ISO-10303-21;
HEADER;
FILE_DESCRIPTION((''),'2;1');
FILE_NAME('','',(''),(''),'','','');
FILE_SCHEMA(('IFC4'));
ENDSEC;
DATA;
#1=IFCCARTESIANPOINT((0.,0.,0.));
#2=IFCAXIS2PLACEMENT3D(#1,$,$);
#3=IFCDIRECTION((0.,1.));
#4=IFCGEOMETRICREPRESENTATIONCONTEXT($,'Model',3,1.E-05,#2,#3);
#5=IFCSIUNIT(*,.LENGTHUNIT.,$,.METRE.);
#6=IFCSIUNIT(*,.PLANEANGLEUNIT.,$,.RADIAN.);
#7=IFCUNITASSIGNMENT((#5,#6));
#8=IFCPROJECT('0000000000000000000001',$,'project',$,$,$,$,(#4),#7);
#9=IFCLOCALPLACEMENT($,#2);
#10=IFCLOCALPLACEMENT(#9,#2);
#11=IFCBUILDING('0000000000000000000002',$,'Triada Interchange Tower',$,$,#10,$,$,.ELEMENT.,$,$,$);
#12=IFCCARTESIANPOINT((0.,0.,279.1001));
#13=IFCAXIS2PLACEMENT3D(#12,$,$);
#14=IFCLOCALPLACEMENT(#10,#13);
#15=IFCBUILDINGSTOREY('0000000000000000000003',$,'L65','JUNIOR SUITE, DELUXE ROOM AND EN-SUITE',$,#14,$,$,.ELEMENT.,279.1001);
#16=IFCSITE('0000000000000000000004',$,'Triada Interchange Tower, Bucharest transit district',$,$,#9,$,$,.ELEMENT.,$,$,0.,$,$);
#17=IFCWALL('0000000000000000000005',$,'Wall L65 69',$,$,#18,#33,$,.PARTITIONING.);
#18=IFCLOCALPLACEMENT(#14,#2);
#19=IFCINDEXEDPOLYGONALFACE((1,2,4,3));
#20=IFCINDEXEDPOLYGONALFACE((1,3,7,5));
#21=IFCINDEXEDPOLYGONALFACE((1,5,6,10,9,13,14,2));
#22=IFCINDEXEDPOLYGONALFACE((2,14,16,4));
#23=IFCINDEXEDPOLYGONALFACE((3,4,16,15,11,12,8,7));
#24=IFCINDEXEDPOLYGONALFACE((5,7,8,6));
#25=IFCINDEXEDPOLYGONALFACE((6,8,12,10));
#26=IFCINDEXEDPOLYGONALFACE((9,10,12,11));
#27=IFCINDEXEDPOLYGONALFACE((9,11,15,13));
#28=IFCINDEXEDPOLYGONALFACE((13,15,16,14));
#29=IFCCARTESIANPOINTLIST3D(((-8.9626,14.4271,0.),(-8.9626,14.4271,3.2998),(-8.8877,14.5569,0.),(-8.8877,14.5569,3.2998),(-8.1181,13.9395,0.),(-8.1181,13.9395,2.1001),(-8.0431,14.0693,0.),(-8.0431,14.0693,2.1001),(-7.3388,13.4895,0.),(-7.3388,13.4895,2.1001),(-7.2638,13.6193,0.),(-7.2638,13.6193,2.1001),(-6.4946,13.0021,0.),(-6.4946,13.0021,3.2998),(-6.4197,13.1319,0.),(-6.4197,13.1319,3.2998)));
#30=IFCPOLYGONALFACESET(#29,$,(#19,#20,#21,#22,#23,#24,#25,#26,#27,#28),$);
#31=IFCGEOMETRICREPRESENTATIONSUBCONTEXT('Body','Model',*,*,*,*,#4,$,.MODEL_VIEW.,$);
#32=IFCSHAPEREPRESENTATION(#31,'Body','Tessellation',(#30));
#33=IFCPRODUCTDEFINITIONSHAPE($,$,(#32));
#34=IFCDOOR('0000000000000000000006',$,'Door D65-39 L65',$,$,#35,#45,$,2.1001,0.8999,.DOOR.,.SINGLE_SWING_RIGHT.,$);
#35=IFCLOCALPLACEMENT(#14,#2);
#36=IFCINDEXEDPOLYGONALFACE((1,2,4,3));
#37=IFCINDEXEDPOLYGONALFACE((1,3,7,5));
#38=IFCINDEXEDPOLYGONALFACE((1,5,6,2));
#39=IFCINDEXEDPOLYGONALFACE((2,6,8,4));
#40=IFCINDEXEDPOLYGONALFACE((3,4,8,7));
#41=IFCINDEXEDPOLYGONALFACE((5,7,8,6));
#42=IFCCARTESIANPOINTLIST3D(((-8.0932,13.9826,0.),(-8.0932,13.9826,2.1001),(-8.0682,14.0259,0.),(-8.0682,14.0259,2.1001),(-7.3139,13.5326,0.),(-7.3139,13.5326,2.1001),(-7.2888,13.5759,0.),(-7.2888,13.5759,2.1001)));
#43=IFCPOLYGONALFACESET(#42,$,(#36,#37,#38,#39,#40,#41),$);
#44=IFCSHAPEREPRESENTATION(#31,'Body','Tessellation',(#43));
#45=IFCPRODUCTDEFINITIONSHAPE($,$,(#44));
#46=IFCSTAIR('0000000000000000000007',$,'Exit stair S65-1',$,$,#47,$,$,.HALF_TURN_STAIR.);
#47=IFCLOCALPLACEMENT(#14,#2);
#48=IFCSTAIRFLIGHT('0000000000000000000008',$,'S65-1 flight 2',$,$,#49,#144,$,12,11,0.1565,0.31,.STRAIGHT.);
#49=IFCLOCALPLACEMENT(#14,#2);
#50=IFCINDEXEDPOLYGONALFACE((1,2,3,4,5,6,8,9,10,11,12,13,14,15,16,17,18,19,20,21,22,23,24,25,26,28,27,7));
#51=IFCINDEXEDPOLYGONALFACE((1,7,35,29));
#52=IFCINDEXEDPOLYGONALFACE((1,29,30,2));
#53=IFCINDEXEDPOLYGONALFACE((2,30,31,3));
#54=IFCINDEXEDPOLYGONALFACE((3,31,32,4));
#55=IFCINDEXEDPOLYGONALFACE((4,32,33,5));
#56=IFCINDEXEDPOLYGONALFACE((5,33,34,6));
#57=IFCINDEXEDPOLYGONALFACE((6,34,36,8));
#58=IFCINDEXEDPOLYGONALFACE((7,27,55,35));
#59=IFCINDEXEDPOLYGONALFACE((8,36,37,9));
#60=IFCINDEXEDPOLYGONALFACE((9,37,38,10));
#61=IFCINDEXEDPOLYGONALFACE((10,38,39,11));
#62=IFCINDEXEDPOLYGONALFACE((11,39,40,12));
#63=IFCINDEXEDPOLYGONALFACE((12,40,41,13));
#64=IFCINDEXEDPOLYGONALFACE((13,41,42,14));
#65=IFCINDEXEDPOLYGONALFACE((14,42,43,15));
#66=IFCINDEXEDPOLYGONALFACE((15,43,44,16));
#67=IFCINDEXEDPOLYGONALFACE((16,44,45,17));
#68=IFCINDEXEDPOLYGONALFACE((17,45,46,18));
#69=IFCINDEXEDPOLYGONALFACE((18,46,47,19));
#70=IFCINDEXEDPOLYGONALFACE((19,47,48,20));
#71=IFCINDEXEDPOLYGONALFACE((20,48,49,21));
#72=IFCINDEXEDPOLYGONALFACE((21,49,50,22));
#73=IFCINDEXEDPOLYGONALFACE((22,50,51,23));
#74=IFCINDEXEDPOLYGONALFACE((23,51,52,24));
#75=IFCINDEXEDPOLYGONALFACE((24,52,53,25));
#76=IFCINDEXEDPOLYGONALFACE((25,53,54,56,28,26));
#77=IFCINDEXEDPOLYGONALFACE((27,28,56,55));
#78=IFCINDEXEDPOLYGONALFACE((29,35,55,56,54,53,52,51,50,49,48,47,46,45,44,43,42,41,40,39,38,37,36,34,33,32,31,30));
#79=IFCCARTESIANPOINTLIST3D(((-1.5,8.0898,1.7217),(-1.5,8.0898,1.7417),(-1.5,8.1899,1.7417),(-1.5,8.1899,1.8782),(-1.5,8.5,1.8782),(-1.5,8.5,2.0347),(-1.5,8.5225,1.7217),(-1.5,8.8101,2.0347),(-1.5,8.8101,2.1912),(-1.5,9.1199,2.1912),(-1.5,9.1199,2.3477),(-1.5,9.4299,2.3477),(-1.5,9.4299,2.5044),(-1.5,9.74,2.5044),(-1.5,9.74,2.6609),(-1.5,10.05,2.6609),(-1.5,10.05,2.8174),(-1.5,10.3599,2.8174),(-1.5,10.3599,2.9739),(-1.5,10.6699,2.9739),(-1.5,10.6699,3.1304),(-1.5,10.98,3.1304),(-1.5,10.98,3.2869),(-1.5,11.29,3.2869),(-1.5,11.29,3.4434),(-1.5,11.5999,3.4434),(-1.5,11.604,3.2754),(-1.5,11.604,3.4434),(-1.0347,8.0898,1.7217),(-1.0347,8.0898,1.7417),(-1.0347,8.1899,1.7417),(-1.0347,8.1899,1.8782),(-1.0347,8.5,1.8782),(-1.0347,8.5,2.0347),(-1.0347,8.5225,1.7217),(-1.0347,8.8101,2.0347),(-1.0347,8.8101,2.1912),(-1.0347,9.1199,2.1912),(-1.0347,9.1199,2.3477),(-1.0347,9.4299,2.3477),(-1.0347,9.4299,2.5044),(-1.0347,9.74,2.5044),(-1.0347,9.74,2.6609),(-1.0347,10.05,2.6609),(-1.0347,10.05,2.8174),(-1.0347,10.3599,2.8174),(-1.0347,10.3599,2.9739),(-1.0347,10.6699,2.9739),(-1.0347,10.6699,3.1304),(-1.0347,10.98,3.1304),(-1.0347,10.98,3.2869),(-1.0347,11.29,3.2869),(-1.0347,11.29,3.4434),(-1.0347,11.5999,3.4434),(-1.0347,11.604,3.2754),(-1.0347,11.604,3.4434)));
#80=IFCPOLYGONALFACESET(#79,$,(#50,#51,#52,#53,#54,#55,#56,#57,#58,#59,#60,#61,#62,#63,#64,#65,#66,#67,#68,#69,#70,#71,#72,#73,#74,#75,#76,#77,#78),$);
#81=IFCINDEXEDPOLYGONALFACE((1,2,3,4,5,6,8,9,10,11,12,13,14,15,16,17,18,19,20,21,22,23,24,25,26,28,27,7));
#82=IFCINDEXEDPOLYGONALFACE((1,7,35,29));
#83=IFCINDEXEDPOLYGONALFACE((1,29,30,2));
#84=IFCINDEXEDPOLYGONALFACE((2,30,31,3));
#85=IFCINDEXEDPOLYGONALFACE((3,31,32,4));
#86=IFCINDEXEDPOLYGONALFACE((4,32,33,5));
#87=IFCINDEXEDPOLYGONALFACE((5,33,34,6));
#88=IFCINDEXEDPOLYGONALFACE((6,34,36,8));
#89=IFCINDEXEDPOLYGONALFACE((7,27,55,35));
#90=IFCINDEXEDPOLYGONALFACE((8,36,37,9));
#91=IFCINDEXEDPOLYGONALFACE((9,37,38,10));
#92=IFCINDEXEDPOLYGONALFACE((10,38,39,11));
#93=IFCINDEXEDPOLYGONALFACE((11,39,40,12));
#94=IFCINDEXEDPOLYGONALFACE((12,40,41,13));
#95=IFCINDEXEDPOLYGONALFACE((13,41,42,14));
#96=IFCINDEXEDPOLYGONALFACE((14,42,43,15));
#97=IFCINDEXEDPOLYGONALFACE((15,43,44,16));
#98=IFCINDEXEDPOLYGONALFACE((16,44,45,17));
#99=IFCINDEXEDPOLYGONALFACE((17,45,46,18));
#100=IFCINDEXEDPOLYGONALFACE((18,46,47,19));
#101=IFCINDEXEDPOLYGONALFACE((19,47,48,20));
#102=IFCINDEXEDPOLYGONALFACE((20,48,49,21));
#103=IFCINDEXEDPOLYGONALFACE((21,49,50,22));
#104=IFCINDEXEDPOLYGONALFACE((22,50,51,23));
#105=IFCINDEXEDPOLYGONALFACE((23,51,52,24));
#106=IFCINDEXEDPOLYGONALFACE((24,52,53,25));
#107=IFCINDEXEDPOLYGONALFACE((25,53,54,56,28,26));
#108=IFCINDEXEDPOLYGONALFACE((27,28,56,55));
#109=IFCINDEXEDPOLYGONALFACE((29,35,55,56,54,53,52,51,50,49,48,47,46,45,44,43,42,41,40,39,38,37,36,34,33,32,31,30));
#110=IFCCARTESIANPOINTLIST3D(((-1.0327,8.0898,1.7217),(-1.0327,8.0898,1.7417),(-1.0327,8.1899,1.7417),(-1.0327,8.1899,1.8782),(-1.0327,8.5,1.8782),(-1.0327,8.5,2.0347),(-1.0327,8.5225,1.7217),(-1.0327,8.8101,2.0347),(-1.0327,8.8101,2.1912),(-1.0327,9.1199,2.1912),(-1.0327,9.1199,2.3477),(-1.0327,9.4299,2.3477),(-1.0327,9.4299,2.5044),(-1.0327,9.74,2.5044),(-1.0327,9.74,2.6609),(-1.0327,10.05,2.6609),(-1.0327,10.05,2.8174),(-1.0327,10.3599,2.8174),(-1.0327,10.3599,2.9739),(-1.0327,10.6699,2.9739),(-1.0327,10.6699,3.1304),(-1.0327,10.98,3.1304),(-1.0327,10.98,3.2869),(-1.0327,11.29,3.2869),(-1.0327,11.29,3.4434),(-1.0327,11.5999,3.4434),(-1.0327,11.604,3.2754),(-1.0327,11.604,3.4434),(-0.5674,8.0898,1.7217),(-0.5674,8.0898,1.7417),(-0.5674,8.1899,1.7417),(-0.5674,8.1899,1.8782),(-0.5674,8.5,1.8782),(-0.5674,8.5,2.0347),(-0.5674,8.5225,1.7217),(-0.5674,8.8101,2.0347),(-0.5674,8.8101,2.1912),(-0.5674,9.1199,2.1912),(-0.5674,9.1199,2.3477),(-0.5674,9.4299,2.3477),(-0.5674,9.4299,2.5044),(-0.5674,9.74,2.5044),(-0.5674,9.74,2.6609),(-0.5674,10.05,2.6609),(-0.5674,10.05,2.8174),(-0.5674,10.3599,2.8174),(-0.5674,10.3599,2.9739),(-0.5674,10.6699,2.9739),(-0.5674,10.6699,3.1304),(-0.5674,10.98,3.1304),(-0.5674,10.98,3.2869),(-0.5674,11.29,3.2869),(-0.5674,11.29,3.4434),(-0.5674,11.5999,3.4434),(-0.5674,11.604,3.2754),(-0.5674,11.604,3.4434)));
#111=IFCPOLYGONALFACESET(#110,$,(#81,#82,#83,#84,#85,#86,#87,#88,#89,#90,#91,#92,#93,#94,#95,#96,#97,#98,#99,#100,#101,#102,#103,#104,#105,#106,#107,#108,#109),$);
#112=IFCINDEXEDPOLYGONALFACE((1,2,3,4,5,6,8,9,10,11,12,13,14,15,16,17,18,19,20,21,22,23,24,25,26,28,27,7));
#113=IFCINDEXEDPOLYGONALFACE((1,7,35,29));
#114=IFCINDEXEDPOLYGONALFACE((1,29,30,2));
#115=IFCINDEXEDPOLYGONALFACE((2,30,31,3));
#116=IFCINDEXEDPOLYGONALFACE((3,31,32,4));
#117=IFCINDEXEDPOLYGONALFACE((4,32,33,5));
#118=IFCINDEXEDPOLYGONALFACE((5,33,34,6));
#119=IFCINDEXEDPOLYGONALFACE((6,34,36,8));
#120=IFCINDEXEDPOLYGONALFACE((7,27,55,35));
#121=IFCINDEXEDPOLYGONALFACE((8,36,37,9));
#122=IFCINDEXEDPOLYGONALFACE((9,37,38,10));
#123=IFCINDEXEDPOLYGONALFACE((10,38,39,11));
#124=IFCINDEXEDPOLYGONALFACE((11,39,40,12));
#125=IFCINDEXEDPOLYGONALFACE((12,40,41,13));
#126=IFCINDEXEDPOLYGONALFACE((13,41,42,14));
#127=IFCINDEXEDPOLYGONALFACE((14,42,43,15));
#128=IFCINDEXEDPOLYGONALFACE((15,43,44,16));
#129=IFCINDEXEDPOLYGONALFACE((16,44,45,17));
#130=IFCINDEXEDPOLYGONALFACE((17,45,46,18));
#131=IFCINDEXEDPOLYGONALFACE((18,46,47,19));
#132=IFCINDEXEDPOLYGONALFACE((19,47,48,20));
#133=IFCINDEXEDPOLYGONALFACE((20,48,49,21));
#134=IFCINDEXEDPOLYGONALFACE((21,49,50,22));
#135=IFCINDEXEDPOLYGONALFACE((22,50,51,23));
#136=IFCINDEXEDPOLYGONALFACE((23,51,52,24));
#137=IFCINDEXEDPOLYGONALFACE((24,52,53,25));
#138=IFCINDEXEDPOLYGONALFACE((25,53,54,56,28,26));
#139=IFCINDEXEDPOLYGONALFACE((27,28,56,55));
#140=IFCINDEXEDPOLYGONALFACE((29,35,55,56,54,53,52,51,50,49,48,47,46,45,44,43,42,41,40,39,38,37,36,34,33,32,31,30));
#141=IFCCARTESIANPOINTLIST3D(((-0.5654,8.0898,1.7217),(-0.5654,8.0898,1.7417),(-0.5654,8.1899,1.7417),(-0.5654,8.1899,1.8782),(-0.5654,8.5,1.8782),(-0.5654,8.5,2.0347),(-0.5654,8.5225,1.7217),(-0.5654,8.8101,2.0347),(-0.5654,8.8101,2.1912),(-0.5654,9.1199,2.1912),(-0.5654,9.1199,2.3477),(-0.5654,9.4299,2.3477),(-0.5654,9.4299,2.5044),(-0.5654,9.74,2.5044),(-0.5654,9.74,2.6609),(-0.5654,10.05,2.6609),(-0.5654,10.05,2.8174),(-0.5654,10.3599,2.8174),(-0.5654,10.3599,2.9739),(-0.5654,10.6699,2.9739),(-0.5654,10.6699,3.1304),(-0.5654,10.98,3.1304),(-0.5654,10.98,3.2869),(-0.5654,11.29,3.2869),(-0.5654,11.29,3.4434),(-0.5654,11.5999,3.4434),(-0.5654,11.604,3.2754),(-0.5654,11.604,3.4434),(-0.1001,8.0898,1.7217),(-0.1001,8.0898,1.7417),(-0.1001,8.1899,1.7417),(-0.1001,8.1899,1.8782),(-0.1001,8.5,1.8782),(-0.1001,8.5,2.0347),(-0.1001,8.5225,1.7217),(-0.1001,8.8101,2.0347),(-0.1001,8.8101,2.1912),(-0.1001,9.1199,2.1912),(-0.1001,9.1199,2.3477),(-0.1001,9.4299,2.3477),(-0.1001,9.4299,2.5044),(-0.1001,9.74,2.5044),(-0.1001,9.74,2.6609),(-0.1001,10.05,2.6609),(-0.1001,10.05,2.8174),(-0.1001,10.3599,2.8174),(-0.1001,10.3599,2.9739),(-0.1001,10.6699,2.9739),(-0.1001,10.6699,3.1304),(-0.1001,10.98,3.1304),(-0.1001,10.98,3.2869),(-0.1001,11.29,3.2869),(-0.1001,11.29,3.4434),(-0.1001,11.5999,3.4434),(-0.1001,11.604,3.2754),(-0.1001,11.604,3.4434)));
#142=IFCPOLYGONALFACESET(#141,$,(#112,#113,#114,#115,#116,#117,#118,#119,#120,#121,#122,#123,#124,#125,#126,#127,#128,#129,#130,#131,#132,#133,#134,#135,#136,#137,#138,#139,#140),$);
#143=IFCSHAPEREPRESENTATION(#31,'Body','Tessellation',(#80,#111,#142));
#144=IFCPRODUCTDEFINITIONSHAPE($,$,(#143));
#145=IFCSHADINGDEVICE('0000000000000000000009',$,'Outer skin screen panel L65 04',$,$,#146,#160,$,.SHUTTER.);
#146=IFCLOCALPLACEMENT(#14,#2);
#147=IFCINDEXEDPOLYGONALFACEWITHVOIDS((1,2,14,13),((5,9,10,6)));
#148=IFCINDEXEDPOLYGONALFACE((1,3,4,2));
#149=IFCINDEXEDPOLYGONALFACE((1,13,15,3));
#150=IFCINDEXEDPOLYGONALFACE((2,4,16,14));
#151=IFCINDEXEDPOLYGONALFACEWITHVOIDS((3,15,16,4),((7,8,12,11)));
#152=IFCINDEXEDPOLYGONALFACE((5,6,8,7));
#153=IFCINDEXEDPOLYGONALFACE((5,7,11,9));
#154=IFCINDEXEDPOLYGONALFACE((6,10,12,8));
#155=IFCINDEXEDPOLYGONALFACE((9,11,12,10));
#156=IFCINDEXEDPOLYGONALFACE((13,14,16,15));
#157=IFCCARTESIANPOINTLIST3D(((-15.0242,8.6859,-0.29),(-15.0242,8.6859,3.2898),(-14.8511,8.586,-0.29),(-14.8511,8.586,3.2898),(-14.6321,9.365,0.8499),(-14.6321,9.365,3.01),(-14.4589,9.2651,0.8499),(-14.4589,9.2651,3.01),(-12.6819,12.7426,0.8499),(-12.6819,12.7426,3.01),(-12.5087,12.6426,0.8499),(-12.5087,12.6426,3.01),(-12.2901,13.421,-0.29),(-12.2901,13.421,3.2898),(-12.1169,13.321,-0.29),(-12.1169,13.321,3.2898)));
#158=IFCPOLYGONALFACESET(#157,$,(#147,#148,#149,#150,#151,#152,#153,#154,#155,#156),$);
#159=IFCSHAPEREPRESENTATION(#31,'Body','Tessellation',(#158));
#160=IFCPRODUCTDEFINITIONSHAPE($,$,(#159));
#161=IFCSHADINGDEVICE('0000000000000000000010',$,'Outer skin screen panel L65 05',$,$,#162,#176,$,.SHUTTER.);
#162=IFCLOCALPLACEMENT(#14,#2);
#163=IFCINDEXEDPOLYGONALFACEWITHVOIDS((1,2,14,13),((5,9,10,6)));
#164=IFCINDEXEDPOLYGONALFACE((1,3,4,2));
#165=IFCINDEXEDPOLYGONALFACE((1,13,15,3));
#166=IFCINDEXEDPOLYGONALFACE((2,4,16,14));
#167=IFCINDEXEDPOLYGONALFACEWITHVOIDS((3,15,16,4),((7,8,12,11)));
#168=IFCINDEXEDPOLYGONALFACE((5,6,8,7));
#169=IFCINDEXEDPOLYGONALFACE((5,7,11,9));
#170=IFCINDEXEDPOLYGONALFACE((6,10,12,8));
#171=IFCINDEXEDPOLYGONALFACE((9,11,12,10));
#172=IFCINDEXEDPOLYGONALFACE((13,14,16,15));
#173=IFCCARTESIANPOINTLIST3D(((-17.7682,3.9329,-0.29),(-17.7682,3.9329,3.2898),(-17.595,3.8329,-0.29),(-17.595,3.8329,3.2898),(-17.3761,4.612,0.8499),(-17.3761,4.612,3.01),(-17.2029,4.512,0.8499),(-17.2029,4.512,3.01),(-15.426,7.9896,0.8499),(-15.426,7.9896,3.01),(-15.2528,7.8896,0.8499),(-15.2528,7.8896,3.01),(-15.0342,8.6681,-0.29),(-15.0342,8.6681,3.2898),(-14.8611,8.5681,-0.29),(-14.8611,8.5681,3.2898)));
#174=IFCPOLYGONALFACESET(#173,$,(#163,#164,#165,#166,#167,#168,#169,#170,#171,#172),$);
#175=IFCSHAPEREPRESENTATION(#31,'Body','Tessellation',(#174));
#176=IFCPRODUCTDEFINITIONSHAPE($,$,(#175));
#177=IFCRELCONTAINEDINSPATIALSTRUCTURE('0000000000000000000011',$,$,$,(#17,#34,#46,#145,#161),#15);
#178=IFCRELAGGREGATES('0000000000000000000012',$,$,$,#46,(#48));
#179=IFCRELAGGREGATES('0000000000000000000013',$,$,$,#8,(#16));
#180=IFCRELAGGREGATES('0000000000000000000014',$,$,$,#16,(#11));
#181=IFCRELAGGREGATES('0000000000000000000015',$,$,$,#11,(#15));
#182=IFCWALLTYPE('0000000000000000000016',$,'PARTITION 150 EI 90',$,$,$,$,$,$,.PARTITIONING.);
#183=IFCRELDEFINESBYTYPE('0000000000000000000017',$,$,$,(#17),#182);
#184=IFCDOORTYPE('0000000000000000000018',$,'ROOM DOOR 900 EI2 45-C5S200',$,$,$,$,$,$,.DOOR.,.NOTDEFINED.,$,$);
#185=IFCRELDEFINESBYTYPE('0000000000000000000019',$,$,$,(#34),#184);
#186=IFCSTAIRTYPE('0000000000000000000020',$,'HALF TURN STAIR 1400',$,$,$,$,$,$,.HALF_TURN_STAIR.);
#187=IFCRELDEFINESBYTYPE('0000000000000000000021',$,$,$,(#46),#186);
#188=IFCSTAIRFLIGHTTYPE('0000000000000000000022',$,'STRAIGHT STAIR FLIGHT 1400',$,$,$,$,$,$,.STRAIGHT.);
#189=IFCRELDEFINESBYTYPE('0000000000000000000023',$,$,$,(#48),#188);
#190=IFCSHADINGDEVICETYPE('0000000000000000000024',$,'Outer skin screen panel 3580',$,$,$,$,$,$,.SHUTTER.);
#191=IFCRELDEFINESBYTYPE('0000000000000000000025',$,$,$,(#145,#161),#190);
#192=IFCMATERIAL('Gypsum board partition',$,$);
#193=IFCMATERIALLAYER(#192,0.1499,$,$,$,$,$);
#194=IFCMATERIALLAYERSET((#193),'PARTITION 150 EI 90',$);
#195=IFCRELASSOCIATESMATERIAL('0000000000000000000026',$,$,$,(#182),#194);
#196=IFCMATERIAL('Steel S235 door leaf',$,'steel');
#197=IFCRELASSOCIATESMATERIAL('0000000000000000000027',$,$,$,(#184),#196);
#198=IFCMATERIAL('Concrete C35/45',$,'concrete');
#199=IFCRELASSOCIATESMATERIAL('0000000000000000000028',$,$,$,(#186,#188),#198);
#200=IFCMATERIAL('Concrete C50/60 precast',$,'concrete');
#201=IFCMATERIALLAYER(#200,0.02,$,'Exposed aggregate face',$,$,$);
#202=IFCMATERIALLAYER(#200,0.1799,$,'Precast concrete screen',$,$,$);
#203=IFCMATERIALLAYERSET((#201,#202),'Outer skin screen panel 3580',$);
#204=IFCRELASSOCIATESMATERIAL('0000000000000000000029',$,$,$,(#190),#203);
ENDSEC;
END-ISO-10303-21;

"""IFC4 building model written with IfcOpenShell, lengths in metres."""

from ifc_helpers import new_model, si_unit, direction, frame, frame_2d, origin, place, context, subcontext, project, spatial, polyline, rectangle, outline, extrude, material, layer, layer_set, type_object, element, fill, aggregate, save


model = new_model("IFC4")

# Units and contexts
model_context = context("Model", 3, precision=1e-05, world=origin(), true_north=direction((0.0, 1.0)))
body_context = subcontext(model_context, "Body", "Model", "MODEL_VIEW")
ifc_project = project(units=[si_unit("LENGTHUNIT", "METRE"), si_unit("PLANEANGLEUNIT", "RADIAN")], contexts=[model_context])

# Site, building, storey
site_placement = place(None, origin())
site = spatial("IfcSite", under=ifc_project, at=site_placement, Name="Triada Interchange Tower, Bucharest transit district", CompositionType="ELEMENT", RefElevation=0.0)
building_placement = place(site_placement, origin())
building = spatial("IfcBuilding", under=site, at=building_placement, Name="Triada Interchange Tower", CompositionType="ELEMENT")
storey_placement = place(building_placement, frame((0.0, 0.0, 279.1001)))
storey = spatial("IfcBuildingStorey", under=building, at=storey_placement, Name="L65", Description="JUNIOR SUITE, DELUXE ROOM AND EN-SUITE", CompositionType="ELEMENT", Elevation=279.1001)

# Shared definitions
ifc_material_1 = material(Name="Steel S235 door leaf", Category="steel")

# Shared definitions
ifc_material_2 = material(Name="Gypsum board partition")
ifc_layer_1 = layer(ifc_material_2, 0.1499)
ifc_layer_set_1 = layer_set([ifc_layer_1], Name="PARTITION 150 EI 90")
wall_type_1 = type_object("IfcWallType", Name="PARTITION 150 EI 90", PredefinedType="PARTITIONING", material=ifc_layer_set_1)

# Wall, opening, door
door_type_1 = type_object("IfcDoorType", Name="ROOM DOOR 900 EI2 45-C5S200", OperationType="NOTDEFINED", PredefinedType="DOOR", material=ifc_material_1)
wall_1_placement = place(storey_placement, frame((-8.925, 14.4919, 0.0), z_axis=(0.0, 0.0, 1.0), x_axis=(0.866004, -0.500036, 0.0)))
wall_1 = element("IfcWall", 1, at=wall_1_placement, inside=storey, type_object=wall_type_1, Name="Wall L65 69", PredefinedType="PARTITIONING", context=body_context, shape_type="SweptSolid", body=[
    extrude(rectangle(XDim=2.8499, YDim=0.1499, at=frame_2d((1.4248, 0.0))), origin(), (0.0, 0.0, 1.0), 3.2998),
])
opening_1_placement = place(wall_1_placement, frame((0.9751, 0.0, 0.0)))
opening_1 = element("IfcOpeningElement", 2, at=opening_1_placement, cuts=wall_1, PredefinedType="OPENING", context=body_context, shape_type="SweptSolid", body=[
    extrude(rectangle(XDim=0.8999, YDim=2.1001, at=frame_2d((0.45, 1.05))), frame((0.0, 0.085, 0.0), z_axis=(0.0, -1.0, 0.0), x_axis=(1.0, 0.0, 0.0)), (0.0, 0.0, 1.0), 0.1699),
])
door_1_placement = place(opening_1_placement, origin())
door_1 = element("IfcDoor", 3, at=door_1_placement, inside=storey, type_object=door_type_1, Name="Door D65-39 L65", OperationType="SINGLE_SWING_RIGHT", OverallHeight=2.1001, OverallWidth=0.8999, PredefinedType="DOOR", context=body_context, shape_type="SweptSolid", body=[
    extrude(rectangle(XDim=0.8999, YDim=2.1001, at=frame_2d((0.45, 1.05))), frame((0.0, 0.0249, 0.0), z_axis=(0.0, -1.0, 0.0), x_axis=(1.0, 0.0, 0.0)), (0.0, 0.0, 1.0), 0.05),
])
fill(opening_1, door_1)

# Stair, stair flight
ifc_material_3 = material(Name="Concrete C35/45", Category="concrete")
stair_type = type_object("IfcStairType", Name="HALF TURN STAIR 1400", PredefinedType="HALF_TURN_STAIR", material=ifc_material_3)
stair_placement = place(storey_placement, origin())
stair = element("IfcStair", 4, at=stair_placement, inside=storey, type_object=stair_type, Name="Exit stair S65-1", PredefinedType="HALF_TURN_STAIR")
stair_flight_type = type_object("IfcStairFlightType", Name="STRAIGHT STAIR FLIGHT 1400", PredefinedType="STRAIGHT", material=ifc_material_3)
stair_flight_placement = place(storey_placement, frame((-0.8, 8.1899, 1.7217), z_axis=(0.0, 0.0, 1.0), x_axis=(0.0, 1.0, 0.0)))
stair_flight = element("IfcStairFlight", 5, at=stair_flight_placement, type_object=stair_flight_type, Name="S65-1 flight 2", NumberOfRisers=12, NumberOfTreads=11, PredefinedType="STRAIGHT", RiserHeight=0.1565, TreadLength=0.31, context=body_context, shape_type="SweptSolid", body=[
    extrude(outline(polyline([(-0.1001, 0.0), (-0.1001, 0.02), (0.0, 0.02), (0.0, 0.1565), (0.3101, 0.1565), (0.3101, 0.313), (0.6201, 0.313), (0.6201, 0.4695), (0.9299, 0.4695), (0.9299, 0.626), (1.24, 0.626), (1.24, 0.7827), (1.55, 0.7827), (1.55, 0.9392), (1.8601, 0.9392), (1.8601, 1.0957), (2.1699, 1.0957), (2.1699, 1.2522), (2.48, 1.2522), (2.48, 1.4087), (2.79, 1.4087), (2.79, 1.5652), (3.1001, 1.5652), (3.1001, 1.7217), (3.4099, 1.7217), (3.4141, 1.7217), (3.4141, 1.8782), (3.4141, 1.5537), (0.3325, 0.0), (-0.1001, 0.0)])), frame((0.0, 0.7, 0.0), z_axis=(0.0, -1.0, 0.0), x_axis=(1.0, 0.0, 0.0)), (0.0, 0.0, 1.0), 0.4653),
    extrude(outline(polyline([(-0.1001, 0.0), (-0.1001, 0.02), (0.0, 0.02), (0.0, 0.1565), (0.3101, 0.1565), (0.3101, 0.313), (0.6201, 0.313), (0.6201, 0.4695), (0.9299, 0.4695), (0.9299, 0.626), (1.24, 0.626), (1.24, 0.7827), (1.55, 0.7827), (1.55, 0.9392), (1.8601, 0.9392), (1.8601, 1.0957), (2.1699, 1.0957), (2.1699, 1.2522), (2.48, 1.2522), (2.48, 1.4087), (2.79, 1.4087), (2.79, 1.5652), (3.1001, 1.5652), (3.1001, 1.7217), (3.4099, 1.7217), (3.4141, 1.7217), (3.4141, 1.8782), (3.4141, 1.5537), (0.3325, 0.0), (-0.1001, 0.0)])), frame((0.0, 0.2327, 0.0), z_axis=(0.0, -1.0, 0.0), x_axis=(1.0, 0.0, 0.0)), (0.0, 0.0, 1.0), 0.4653),
    extrude(outline(polyline([(-0.1001, 0.0), (-0.1001, 0.02), (0.0, 0.02), (0.0, 0.1565), (0.3101, 0.1565), (0.3101, 0.313), (0.6201, 0.313), (0.6201, 0.4695), (0.9299, 0.4695), (0.9299, 0.626), (1.24, 0.626), (1.24, 0.7827), (1.55, 0.7827), (1.55, 0.9392), (1.8601, 0.9392), (1.8601, 1.0957), (2.1699, 1.0957), (2.1699, 1.2522), (2.48, 1.2522), (2.48, 1.4087), (2.79, 1.4087), (2.79, 1.5652), (3.1001, 1.5652), (3.1001, 1.7217), (3.4099, 1.7217), (3.4141, 1.7217), (3.4141, 1.8782), (3.4141, 1.5537), (0.3325, 0.0), (-0.1001, 0.0)])), frame((0.0, -0.2346, 0.0), z_axis=(0.0, -1.0, 0.0), x_axis=(1.0, 0.0, 0.0)), (0.0, 0.0, 1.0), 0.4653),
])

# Shading devices
ifc_material_4 = material(Name="Concrete C50/60 precast", Category="concrete")
ifc_layer_2 = layer(ifc_material_4, 0.02, Name="Exposed aggregate face")
ifc_layer_3 = layer(ifc_material_4, 0.1799, Name="Precast concrete screen")
ifc_layer_set_2 = layer_set([ifc_layer_2, ifc_layer_3], Name="Outer skin screen panel 3580")
shading_device_type = type_object("IfcShadingDeviceType", Name="Outer skin screen panel 3580", PredefinedType="SHUTTER", material=ifc_layer_set_2)
for number, where, z_axis, x_axis, name in (
    (6, (-12.1169, 13.321, -0.29), (0.0, 0.0, 1.0), (-0.500043, -0.866, 0.0), "Outer skin screen panel L65 04"),
    (7, (-14.8611, 8.5681, -0.29), (0.0, 0.0, 1.0), (-0.50001, -0.86602, 0.0), "Outer skin screen panel L65 05"),
):
    element("IfcShadingDevice", number, at=place(storey_placement, frame(where, z_axis=z_axis, x_axis=x_axis)), inside=storey, type_object=shading_device_type, Name=name, PredefinedType="SHUTTER", context=body_context, shape_type="SweptSolid", body=[
        extrude(outline(polyline([(0.0, 0.0), (5.4678, 0.0), (5.4678, 3.5798), (0.0, 3.5798), (0.0, 0.0)]), holes=[polyline([(0.7834, 1.1399), (0.7834, 3.3), (4.6836, 3.3), (4.6836, 1.1399), (0.7834, 1.1399)])]), frame((0.0, 0.0, 0.0), z_axis=(0.0, -1.0, 0.0), x_axis=(1.0, 0.0, 0.0)), (0.0, 0.0, 1.0), 0.2),
    ])

aggregate(stair, [stair_flight])

save(model, "model.ifc")
